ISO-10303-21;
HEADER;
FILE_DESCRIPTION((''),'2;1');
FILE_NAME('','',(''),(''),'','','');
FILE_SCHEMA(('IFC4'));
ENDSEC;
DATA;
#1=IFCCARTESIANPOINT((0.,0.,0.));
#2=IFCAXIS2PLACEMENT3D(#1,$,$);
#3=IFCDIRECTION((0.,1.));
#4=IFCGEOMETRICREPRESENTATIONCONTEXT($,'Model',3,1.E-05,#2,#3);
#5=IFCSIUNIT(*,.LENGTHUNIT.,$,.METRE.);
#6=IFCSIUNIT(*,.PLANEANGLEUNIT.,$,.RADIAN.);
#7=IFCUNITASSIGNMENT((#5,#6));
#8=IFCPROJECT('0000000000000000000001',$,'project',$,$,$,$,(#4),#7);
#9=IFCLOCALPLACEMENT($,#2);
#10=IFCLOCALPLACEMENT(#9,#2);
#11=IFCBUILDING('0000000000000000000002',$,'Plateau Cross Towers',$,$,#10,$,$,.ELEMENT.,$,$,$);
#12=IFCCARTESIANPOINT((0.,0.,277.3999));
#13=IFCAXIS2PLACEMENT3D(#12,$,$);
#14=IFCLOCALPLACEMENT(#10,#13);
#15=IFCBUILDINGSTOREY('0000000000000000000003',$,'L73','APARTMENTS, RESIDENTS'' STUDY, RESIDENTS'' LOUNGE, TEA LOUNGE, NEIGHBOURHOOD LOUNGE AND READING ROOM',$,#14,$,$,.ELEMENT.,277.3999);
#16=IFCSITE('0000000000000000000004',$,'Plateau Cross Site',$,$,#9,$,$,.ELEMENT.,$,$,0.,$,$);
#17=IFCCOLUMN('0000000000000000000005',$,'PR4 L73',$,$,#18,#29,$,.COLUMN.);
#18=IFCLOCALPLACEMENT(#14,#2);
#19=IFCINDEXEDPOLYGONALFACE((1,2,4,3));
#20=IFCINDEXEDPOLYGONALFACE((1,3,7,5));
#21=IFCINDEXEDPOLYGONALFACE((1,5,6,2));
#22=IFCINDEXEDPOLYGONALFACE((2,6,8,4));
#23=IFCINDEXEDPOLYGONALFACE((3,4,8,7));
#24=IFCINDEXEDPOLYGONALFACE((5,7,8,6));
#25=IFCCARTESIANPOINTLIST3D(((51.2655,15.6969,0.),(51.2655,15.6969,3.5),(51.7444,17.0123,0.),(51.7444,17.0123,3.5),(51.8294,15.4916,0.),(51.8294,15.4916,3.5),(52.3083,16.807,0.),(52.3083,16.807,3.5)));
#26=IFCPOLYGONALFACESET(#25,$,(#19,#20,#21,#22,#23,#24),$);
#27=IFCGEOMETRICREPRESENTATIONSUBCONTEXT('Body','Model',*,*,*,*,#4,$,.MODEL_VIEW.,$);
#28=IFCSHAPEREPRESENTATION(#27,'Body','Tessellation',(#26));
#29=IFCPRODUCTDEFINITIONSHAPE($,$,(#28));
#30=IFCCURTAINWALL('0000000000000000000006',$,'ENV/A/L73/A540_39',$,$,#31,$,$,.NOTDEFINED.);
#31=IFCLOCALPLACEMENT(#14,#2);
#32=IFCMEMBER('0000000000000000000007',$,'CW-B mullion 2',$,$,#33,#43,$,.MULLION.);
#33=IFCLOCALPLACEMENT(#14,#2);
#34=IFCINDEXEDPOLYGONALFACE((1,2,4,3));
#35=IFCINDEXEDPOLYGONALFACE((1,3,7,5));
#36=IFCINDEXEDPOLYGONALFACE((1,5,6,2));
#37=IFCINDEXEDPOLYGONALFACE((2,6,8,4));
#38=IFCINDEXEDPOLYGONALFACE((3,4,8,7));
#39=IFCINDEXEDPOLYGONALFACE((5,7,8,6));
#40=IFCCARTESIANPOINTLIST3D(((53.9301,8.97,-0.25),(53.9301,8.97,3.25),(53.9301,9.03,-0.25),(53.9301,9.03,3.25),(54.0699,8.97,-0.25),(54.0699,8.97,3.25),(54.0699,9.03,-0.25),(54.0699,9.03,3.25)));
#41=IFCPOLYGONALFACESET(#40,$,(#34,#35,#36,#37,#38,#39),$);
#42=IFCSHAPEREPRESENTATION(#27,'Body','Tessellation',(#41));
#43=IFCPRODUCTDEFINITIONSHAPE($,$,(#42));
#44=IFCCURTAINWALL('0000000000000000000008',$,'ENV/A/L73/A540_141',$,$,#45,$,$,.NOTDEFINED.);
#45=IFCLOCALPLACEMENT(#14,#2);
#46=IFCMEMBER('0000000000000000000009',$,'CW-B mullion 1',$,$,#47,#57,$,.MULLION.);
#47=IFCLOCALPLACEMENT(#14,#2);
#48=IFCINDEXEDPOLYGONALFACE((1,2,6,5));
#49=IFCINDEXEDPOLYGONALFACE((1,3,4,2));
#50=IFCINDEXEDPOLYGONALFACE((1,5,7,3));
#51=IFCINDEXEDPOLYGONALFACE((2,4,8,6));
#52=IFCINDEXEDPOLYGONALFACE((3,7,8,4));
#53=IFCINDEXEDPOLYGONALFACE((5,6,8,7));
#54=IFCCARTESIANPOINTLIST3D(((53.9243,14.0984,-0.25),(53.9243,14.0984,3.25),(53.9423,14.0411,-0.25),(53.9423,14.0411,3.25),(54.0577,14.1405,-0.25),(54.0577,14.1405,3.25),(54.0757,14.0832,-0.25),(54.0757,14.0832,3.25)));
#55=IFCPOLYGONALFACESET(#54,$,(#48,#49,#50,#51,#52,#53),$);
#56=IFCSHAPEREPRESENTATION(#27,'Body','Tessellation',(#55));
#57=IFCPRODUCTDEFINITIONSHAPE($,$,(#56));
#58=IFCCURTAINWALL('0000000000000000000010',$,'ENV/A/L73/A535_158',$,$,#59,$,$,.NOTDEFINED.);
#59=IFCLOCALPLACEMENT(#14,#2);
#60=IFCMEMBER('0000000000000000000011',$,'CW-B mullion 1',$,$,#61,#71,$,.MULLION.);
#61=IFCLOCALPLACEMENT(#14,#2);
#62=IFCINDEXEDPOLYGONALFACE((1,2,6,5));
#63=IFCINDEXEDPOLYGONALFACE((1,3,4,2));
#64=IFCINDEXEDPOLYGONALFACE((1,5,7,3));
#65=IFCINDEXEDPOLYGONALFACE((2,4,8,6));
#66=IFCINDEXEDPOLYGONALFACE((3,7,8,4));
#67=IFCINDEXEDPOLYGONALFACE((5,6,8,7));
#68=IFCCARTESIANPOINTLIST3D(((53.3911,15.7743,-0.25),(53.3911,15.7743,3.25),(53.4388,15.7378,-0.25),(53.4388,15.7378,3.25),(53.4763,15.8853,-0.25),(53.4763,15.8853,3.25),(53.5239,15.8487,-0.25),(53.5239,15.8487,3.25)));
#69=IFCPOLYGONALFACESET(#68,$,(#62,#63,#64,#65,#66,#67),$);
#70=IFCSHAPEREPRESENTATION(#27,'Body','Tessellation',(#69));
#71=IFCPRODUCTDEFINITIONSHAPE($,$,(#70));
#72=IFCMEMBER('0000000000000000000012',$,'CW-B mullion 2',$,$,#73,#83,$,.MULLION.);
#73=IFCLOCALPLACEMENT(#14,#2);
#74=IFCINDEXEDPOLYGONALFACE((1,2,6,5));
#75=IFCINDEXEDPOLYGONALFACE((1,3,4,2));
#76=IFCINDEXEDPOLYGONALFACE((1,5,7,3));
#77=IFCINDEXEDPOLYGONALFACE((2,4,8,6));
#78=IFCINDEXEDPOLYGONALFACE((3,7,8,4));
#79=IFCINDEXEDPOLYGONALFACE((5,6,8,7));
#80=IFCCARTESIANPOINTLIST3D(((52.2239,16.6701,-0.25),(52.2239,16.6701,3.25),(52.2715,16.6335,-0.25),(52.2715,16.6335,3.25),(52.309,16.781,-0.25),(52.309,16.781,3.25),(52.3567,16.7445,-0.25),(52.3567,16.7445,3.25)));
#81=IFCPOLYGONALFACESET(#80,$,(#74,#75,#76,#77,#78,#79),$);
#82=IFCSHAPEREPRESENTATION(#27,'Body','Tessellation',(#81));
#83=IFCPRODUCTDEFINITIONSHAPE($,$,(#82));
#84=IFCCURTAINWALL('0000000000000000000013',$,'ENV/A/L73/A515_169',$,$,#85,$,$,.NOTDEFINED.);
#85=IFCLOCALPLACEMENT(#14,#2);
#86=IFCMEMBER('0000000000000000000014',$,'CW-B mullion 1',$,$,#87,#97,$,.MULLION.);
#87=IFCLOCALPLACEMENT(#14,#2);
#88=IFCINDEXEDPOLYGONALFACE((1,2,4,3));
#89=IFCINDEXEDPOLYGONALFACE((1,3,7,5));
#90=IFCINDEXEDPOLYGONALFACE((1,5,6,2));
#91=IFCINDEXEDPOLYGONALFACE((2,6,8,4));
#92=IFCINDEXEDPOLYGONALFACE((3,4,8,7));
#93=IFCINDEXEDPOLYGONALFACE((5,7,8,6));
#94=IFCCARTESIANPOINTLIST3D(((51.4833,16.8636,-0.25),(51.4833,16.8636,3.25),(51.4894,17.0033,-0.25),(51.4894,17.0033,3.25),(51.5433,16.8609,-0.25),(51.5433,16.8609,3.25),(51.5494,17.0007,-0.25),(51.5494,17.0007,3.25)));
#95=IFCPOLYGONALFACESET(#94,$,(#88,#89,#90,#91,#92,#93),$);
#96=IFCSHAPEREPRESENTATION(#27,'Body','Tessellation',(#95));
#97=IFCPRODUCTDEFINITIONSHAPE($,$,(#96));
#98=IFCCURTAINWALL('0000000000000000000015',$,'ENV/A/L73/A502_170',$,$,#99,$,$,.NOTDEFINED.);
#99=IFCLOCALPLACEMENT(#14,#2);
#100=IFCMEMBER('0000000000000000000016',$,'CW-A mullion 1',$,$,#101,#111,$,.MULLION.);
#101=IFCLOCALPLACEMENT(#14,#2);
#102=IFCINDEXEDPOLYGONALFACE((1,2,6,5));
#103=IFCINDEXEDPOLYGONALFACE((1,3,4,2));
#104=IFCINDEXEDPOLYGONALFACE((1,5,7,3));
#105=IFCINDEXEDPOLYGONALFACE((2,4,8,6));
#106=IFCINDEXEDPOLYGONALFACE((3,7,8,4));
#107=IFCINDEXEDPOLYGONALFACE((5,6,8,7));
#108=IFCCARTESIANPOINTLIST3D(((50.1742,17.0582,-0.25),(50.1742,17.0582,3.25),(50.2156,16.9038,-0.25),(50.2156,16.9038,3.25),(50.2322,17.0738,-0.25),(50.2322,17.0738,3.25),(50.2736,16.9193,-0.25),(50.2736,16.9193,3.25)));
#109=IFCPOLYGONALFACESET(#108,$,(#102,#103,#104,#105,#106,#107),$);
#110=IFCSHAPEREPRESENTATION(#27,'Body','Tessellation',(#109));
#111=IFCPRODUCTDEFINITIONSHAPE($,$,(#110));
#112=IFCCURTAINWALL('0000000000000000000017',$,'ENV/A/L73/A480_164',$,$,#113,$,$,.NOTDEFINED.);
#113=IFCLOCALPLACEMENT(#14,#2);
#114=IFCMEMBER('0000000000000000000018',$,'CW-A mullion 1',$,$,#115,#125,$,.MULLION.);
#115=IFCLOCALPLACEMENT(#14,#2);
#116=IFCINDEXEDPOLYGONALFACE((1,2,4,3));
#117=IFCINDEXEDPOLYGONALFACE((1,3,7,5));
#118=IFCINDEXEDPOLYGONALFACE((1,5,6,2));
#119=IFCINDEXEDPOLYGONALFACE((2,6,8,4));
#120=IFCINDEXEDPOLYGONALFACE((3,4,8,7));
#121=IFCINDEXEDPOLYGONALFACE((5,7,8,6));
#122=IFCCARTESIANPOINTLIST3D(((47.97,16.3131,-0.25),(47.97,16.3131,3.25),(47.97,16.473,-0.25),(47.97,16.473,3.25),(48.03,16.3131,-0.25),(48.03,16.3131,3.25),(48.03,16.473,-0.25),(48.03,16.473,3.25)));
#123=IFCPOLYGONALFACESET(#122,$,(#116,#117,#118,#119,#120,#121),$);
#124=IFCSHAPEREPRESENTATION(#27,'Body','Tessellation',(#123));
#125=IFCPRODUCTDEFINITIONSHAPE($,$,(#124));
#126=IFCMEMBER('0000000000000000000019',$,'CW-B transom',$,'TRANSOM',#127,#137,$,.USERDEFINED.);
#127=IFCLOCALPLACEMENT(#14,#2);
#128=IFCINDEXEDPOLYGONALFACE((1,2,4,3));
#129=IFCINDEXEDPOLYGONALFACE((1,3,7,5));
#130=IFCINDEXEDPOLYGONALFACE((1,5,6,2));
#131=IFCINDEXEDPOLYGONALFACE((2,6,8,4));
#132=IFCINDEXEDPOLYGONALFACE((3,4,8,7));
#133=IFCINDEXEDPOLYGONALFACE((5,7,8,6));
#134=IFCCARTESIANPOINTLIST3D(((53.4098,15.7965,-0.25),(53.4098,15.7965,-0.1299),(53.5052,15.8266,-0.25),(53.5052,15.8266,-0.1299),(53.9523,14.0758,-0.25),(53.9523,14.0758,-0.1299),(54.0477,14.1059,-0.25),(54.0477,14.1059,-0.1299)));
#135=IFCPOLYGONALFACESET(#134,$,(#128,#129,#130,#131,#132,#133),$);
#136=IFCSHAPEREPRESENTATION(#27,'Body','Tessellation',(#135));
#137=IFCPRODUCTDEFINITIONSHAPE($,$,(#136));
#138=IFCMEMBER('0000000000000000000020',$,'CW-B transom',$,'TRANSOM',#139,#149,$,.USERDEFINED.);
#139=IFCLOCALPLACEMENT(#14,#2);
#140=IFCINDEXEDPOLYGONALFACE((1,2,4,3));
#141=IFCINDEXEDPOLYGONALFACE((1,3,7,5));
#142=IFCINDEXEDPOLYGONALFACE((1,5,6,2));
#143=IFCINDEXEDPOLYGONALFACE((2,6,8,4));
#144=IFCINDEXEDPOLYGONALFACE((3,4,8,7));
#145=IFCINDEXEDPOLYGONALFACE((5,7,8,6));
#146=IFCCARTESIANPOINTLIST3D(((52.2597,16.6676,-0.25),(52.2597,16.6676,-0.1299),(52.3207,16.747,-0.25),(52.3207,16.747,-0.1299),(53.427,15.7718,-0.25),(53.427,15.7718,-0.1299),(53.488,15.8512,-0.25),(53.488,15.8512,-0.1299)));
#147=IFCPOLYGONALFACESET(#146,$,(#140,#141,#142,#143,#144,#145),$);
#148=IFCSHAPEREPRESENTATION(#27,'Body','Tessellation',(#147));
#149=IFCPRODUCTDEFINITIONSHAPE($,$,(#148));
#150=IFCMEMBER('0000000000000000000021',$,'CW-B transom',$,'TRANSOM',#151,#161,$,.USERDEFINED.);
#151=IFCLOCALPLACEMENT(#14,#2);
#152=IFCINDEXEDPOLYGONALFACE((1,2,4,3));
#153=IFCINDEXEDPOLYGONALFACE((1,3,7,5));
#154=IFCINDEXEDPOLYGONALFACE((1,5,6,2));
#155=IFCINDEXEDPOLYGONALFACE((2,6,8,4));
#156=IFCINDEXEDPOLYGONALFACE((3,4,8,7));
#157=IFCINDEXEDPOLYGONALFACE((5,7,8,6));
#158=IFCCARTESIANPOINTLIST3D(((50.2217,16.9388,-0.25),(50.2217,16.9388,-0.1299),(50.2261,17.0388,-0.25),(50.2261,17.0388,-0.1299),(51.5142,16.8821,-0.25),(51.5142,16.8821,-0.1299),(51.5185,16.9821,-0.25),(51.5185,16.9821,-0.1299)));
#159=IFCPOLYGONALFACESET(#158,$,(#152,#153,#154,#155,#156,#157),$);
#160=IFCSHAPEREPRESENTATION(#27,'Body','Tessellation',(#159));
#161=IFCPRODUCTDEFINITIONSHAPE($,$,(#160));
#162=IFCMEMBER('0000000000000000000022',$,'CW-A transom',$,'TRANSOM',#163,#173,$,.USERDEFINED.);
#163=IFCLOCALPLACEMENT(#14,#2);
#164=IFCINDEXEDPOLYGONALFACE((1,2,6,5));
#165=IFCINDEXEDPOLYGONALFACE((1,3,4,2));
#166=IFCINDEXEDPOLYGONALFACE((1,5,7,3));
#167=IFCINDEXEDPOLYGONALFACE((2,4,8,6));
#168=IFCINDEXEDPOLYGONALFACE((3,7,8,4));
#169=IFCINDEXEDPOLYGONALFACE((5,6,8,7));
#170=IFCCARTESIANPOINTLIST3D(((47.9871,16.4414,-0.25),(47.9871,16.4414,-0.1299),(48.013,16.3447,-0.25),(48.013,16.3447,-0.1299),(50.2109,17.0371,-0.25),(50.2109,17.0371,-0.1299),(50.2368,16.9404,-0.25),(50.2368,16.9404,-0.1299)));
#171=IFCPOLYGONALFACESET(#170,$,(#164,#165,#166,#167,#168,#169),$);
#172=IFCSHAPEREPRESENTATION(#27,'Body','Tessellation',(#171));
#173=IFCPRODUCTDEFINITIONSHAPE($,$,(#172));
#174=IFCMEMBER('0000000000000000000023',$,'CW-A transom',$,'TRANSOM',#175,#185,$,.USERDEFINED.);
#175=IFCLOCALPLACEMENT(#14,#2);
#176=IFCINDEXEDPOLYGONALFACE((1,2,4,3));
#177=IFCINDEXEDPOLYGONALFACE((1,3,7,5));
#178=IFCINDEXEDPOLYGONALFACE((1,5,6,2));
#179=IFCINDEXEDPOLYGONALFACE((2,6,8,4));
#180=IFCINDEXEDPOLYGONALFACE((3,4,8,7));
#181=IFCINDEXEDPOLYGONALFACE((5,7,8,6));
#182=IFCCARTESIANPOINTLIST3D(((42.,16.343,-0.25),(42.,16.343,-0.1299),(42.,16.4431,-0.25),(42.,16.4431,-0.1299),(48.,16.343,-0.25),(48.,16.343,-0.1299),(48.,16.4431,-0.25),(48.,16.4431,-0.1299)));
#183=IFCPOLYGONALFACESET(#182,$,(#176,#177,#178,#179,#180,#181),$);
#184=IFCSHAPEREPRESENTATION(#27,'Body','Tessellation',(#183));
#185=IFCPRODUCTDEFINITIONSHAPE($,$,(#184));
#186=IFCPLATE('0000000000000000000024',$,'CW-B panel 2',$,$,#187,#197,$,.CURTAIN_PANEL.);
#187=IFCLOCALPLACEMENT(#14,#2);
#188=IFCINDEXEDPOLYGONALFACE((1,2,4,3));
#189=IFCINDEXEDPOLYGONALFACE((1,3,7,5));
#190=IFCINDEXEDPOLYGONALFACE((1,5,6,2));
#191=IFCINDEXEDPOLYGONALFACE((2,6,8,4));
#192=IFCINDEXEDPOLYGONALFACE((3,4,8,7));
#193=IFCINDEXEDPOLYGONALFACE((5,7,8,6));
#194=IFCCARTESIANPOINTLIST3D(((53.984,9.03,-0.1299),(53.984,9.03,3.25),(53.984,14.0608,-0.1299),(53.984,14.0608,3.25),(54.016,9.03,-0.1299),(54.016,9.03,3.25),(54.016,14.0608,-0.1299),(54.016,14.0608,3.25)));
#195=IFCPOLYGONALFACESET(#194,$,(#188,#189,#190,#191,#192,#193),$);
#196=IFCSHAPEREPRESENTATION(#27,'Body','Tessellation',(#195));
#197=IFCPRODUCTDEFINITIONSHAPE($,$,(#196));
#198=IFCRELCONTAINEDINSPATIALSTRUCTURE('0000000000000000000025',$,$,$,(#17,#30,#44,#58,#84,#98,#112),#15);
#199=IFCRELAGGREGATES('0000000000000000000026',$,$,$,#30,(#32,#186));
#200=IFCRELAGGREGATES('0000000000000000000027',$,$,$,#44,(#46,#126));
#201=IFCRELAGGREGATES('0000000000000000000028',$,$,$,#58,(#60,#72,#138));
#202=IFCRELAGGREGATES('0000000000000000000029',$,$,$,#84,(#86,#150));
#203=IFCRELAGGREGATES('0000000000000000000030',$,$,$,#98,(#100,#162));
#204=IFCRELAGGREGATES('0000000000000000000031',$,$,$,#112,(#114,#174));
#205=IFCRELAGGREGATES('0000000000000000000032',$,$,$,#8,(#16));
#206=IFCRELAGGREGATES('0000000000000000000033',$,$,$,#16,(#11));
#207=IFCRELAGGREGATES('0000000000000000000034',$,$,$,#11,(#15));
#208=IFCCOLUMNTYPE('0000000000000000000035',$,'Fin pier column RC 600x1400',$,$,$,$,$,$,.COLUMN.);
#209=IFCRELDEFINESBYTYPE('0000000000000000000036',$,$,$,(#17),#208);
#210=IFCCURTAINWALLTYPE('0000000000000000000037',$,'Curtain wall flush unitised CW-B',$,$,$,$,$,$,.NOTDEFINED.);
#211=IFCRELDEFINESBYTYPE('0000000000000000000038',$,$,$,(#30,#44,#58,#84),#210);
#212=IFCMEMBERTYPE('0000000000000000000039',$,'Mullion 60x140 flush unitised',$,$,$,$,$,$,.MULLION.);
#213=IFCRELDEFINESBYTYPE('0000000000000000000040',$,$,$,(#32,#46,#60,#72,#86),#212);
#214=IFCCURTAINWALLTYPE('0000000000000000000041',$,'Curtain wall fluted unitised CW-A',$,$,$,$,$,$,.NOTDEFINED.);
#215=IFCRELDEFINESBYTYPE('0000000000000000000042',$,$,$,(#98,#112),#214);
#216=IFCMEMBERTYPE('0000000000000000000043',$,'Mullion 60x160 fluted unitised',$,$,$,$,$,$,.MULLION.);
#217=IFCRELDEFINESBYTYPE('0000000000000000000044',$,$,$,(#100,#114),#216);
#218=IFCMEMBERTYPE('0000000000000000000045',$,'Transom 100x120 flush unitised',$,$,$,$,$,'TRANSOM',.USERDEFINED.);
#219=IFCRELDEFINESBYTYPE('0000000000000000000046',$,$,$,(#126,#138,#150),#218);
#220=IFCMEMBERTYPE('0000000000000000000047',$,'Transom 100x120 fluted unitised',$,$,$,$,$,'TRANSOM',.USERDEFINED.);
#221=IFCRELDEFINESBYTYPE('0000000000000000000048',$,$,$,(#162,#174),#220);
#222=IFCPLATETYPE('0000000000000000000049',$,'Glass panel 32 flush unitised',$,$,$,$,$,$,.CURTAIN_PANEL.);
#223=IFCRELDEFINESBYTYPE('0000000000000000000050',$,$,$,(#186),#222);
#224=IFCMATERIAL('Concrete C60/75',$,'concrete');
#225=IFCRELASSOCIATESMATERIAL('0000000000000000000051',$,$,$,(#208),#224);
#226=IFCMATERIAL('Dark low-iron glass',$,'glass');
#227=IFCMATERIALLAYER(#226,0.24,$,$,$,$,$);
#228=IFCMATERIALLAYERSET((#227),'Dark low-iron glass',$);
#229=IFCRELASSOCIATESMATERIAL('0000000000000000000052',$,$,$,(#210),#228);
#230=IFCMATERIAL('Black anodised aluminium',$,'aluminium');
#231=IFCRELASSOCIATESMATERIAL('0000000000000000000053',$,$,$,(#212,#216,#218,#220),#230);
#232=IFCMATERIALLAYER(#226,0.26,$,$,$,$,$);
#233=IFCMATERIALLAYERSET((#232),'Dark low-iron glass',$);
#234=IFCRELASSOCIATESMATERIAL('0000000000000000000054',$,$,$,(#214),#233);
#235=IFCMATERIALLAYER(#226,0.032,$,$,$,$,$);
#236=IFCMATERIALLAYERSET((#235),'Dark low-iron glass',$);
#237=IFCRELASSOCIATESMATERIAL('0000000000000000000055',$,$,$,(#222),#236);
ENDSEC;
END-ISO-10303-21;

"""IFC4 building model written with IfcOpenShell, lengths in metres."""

from ifc_helpers import new_model, si_unit, direction, frame, origin, origin_2d, place, context, subcontext, project, spatial, rectangle, extrude, material, layer, layer_set, material_profile, profile_set, type_object, element, aggregate, save


model = new_model("IFC4")

# Units and contexts
model_context = context("Model", 3, precision=1e-05, world=origin(), true_north=direction((0.0, 1.0)))
body_context = subcontext(model_context, "Body", "Model", "MODEL_VIEW")
ifc_project = project(units=[si_unit("LENGTHUNIT", "METRE"), si_unit("PLANEANGLEUNIT", "RADIAN")], contexts=[model_context])

# Site, building, storey
site_placement = place(None, origin())
site = spatial("IfcSite", under=ifc_project, at=site_placement, Name="Plateau Cross Site", CompositionType="ELEMENT", RefElevation=0.0)
building_placement = place(site_placement, origin())
building = spatial("IfcBuilding", under=site, at=building_placement, Name="Plateau Cross Towers", CompositionType="ELEMENT")
storey_placement = place(building_placement, frame((0.0, 0.0, 277.3999)))
storey = spatial("IfcBuildingStorey", under=building, at=storey_placement, Name="L73", Description="APARTMENTS, RESIDENTS' STUDY, RESIDENTS' LOUNGE, TEA LOUNGE, NEIGHBOURHOOD LOUNGE AND READING ROOM", CompositionType="ELEMENT", Elevation=277.3999)

# Column
ifc_material_1 = material(Name="Concrete C60/75", Category="concrete")
ifc_material_profile_1 = material_profile(ifc_material_1, rectangle(XDim=0.6001, YDim=1.3999, at=origin_2d()), Name="RC 600x1400")
ifc_profile_set_1 = profile_set([ifc_material_profile_1], Name="Concrete C60/75")
column_type = type_object("IfcColumnType", Name="Fin pier column RC 600x1400", PredefinedType="COLUMN", material=ifc_profile_set_1)
column_placement = place(storey_placement, frame((51.7869, 16.252, 0.0), z_axis=(0.0, 0.0, 1.0), x_axis=(-0.939664, 0.342098, 0.0)))
element("IfcColumn", 1, at=column_placement, inside=storey, type_object=column_type, Name="PR4 L73", PredefinedType="COLUMN", context=body_context, shape_type="SweptSolid", body=[
    extrude(rectangle(XDim=0.6001, YDim=1.3999, at=origin_2d()), origin(), (0.0, 0.0, 1.0), 3.5),
])

# Curtain walls, members
ifc_material_2 = material(Name="Dark low-iron glass", Category="glass")
ifc_layer_1 = layer(ifc_material_2, 0.24)
ifc_layer_set_1 = layer_set([ifc_layer_1], Name="Dark low-iron glass")
curtain_wall_type_1 = type_object("IfcCurtainWallType", Name="Curtain wall flush unitised CW-B", PredefinedType="NOTDEFINED", material=ifc_layer_set_1)
curtain_wall_1_placement = place(storey_placement, origin())
curtain_wall_1 = element("IfcCurtainWall", 2, at=curtain_wall_1_placement, inside=storey, type_object=curtain_wall_type_1, Name="ENV/A/L73/A540_39", PredefinedType="NOTDEFINED")
ifc_material_3 = material(Name="Black anodised aluminium", Category="aluminium")
ifc_material_profile_2 = material_profile(ifc_material_3, rectangle(XDim=0.0601, YDim=0.1399, at=origin_2d()), Name="MULLION 60x140")
ifc_profile_set_2 = profile_set([ifc_material_profile_2], Name="Black anodised aluminium")
member_type_1 = type_object("IfcMemberType", Name="Mullion 60x140 flush unitised", PredefinedType="MULLION", material=ifc_profile_set_2)
member_1_placement = place(storey_placement, frame((54.0, 9.0, -0.25), z_axis=(0.0, 0.0, 1.0), x_axis=(0.0, 1.0, 0.0)))
member_1 = element("IfcMember", 3, at=member_1_placement, type_object=member_type_1, Name="CW-B mullion 2", PredefinedType="MULLION", context=body_context, shape_type="SweptSolid", body=[
    extrude(rectangle(XDim=0.0601, YDim=0.1399, at=origin_2d()), origin(), (0.0, 0.0, 1.0), 3.5),
])
curtain_wall_2_placement = place(storey_placement, origin())
curtain_wall_2 = element("IfcCurtainWall", 4, at=curtain_wall_2_placement, inside=storey, type_object=curtain_wall_type_1, Name="ENV/A/L73/A540_141", PredefinedType="NOTDEFINED")
member_2_placement = place(storey_placement, frame((54.0, 14.0908, -0.25), z_axis=(0.0, 0.0, 1.0), x_axis=(-0.300686, 0.953723, 0.0)))
member_2 = element("IfcMember", 5, at=member_2_placement, type_object=member_type_1, Name="CW-B mullion 1", PredefinedType="MULLION", context=body_context, shape_type="SweptSolid", body=[
    extrude(rectangle(XDim=0.0601, YDim=0.1399, at=origin_2d()), origin(), (0.0, 0.0, 1.0), 3.5),
])

# Curtain wall, members
curtain_wall_3_placement = place(storey_placement, origin())
curtain_wall_3 = element("IfcCurtainWall", 6, at=curtain_wall_3_placement, inside=storey, type_object=curtain_wall_type_1, Name="ENV/A/L73/A535_158", PredefinedType="NOTDEFINED")
member_3_placement = place(storey_placement, frame((53.4575, 15.8115, -0.25), z_axis=(0.0, 0.0, 1.0), x_axis=(-0.793316, 0.608811, 0.0)))
member_3 = element("IfcMember", 7, at=member_3_placement, type_object=member_type_1, Name="CW-B mullion 1", PredefinedType="MULLION", context=body_context, shape_type="SweptSolid", body=[
    extrude(rectangle(XDim=0.0601, YDim=0.1399, at=origin_2d()), origin(), (0.0, 0.0, 1.0), 3.5),
])
member_4_placement = place(storey_placement, frame((52.2903, 16.7073, -0.25), z_axis=(0.0, 0.0, 1.0), x_axis=(-0.793316, 0.608811, 0.0)))
member_4 = element("IfcMember", 8, at=member_4_placement, type_object=member_type_1, Name="CW-B mullion 2", PredefinedType="MULLION", context=body_context, shape_type="SweptSolid", body=[
    extrude(rectangle(XDim=0.0601, YDim=0.1399, at=origin_2d()), origin(), (0.0, 0.0, 1.0), 3.5),
])

# Curtain walls, members
curtain_wall_4_placement = place(storey_placement, origin())
curtain_wall_4 = element("IfcCurtainWall", 9, at=curtain_wall_4_placement, inside=storey, type_object=curtain_wall_type_1, Name="ENV/A/L73/A515_169", PredefinedType="NOTDEFINED")
member_5_placement = place(storey_placement, frame((51.5164, 16.9321, -0.25), z_axis=(0.0, 0.0, 1.0), x_axis=(-0.999044, 0.043723, 0.0)))
member_5 = element("IfcMember", 10, at=member_5_placement, type_object=member_type_1, Name="CW-B mullion 1", PredefinedType="MULLION", context=body_context, shape_type="SweptSolid", body=[
    extrude(rectangle(XDim=0.0601, YDim=0.1399, at=origin_2d()), origin(), (0.0, 0.0, 1.0), 3.5),
])
ifc_layer_2 = layer(ifc_material_2, 0.26)
ifc_layer_set_2 = layer_set([ifc_layer_2], Name="Dark low-iron glass")
curtain_wall_type_2 = type_object("IfcCurtainWallType", Name="Curtain wall fluted unitised CW-A", PredefinedType="NOTDEFINED", material=ifc_layer_set_2)
curtain_wall_5_placement = place(storey_placement, origin())
curtain_wall_5 = element("IfcCurtainWall", 11, at=curtain_wall_5_placement, inside=storey, type_object=curtain_wall_type_2, Name="ENV/A/L73/A502_170", PredefinedType="NOTDEFINED")
ifc_material_profile_3 = material_profile(ifc_material_3, rectangle(XDim=0.0601, YDim=0.1599, at=origin_2d()), Name="MULLION 60x160")
ifc_profile_set_3 = profile_set([ifc_material_profile_3], Name="Black anodised aluminium")
member_type_2 = type_object("IfcMemberType", Name="Mullion 60x160 fluted unitised", PredefinedType="MULLION", material=ifc_profile_set_3)
member_6_placement = place(storey_placement, frame((50.2239, 16.9888, -0.25), z_axis=(0.0, 0.0, 1.0), x_axis=(-0.965958, -0.258699, 0.0)))
member_6 = element("IfcMember", 12, at=member_6_placement, type_object=member_type_2, Name="CW-A mullion 1", PredefinedType="MULLION", context=body_context, shape_type="SweptSolid", body=[
    extrude(rectangle(XDim=0.0601, YDim=0.1599, at=origin_2d()), origin(), (0.0, 0.0, 1.0), 3.5),
])
curtain_wall_6_placement = place(storey_placement, origin())
curtain_wall_6 = element("IfcCurtainWall", 13, at=curtain_wall_6_placement, inside=storey, type_object=curtain_wall_type_2, Name="ENV/A/L73/A480_164", PredefinedType="NOTDEFINED")
member_7_placement = place(storey_placement, frame((48.0, 16.3931, -0.25), z_axis=(0.0, 0.0, 1.0), x_axis=(-1.0, 0.0, 0.0)))
member_7 = element("IfcMember", 14, at=member_7_placement, type_object=member_type_2, Name="CW-A mullion 1", PredefinedType="MULLION", context=body_context, shape_type="SweptSolid", body=[
    extrude(rectangle(XDim=0.0601, YDim=0.1599, at=origin_2d()), origin(), (0.0, 0.0, 1.0), 3.5),
])

# Members
ifc_material_profile_4 = material_profile(ifc_material_3, rectangle(XDim=0.1001, YDim=0.1201, at=origin_2d()), Name="TRANSOM 100x120")
ifc_profile_set_4 = profile_set([ifc_material_profile_4], Name="Black anodised aluminium")
member_type_3 = type_object("IfcMemberType", Name="Transom 100x120 flush unitised", ElementType="TRANSOM", PredefinedType="USERDEFINED", material=ifc_profile_set_4)
member_8_placement = place(storey_placement, frame((54.0, 14.0908, -0.1899), z_axis=(-0.300678, 0.953726, 0.0), x_axis=(-0.953726, -0.300678, 0.0)))
member_8 = element("IfcMember", 15, at=member_8_placement, type_object=member_type_3, Name="CW-B transom", ObjectType="TRANSOM", PredefinedType="USERDEFINED", context=body_context, shape_type="SweptSolid", body=[
    extrude(rectangle(XDim=0.1001, YDim=0.1201, at=origin_2d()), origin(), (0.0, 0.0, 1.0), 1.8042),
])
member_9_placement = place(storey_placement, frame((53.4575, 15.8115, -0.1899), z_axis=(-0.793321, 0.608804, 0.0), x_axis=(-0.608804, -0.793321, 0.0)))
member_9 = element("IfcMember", 16, at=member_9_placement, type_object=member_type_3, Name="CW-B transom", ObjectType="TRANSOM", PredefinedType="USERDEFINED", context=body_context, shape_type="SweptSolid", body=[
    extrude(rectangle(XDim=0.1001, YDim=0.1201, at=origin_2d()), origin(), (0.0, 0.0, 1.0), 1.4714),
])
member_10_placement = place(storey_placement, frame((51.5164, 16.9321, -0.1899), z_axis=(-0.999041, 0.043781, 0.0), x_axis=(-0.043781, -0.999041, 0.0)))
member_10 = element("IfcMember", 17, at=member_10_placement, type_object=member_type_3, Name="CW-B transom", ObjectType="TRANSOM", PredefinedType="USERDEFINED", context=body_context, shape_type="SweptSolid", body=[
    extrude(rectangle(XDim=0.1001, YDim=0.1201, at=origin_2d()), origin(), (0.0, 0.0, 1.0), 1.2937),
])
ifc_material_profile_5 = material_profile(ifc_material_3, rectangle(XDim=0.1001, YDim=0.1201, at=origin_2d()), Name="TRANSOM 100x120")
ifc_profile_set_5 = profile_set([ifc_material_profile_5], Name="Black anodised aluminium")
member_type_4 = type_object("IfcMemberType", Name="Transom 100x120 fluted unitised", ElementType="TRANSOM", PredefinedType="USERDEFINED", material=ifc_profile_set_5)
member_11_placement = place(storey_placement, frame((50.2239, 16.9888, -0.1899), z_axis=(-0.965946, -0.258745, 0.0), x_axis=(0.258745, -0.965946, 0.0)))
member_11 = element("IfcMember", 18, at=member_11_placement, type_object=member_type_4, Name="CW-A transom", ObjectType="TRANSOM", PredefinedType="USERDEFINED", context=body_context, shape_type="SweptSolid", body=[
    extrude(rectangle(XDim=0.1001, YDim=0.1201, at=origin_2d()), origin(), (0.0, 0.0, 1.0), 2.3022),
])
member_12_placement = place(storey_placement, frame((48.0, 16.3931, -0.1899), z_axis=(-1.0, 0.0, 0.0), x_axis=(0.0, -1.0, 0.0)))
member_12 = element("IfcMember", 19, at=member_12_placement, type_object=member_type_4, Name="CW-A transom", ObjectType="TRANSOM", PredefinedType="USERDEFINED", context=body_context, shape_type="SweptSolid", body=[
    extrude(rectangle(XDim=0.1001, YDim=0.1201, at=origin_2d()), origin(), (0.0, 0.0, 1.0), 6.0),
])

# Plate
ifc_layer_3 = layer(ifc_material_2, 0.032)
ifc_layer_set_3 = layer_set([ifc_layer_3], Name="Dark low-iron glass")
plate_type_1 = type_object("IfcPlateType", Name="Glass panel 32 flush unitised", PredefinedType="CURTAIN_PANEL", material=ifc_layer_set_3)
plate_1_placement = place(storey_placement, frame((54.0, 11.5454, -0.1299), z_axis=(0.0, 0.0, 1.0), x_axis=(0.0, 1.0, 0.0)))
plate_1 = element("IfcPlate", 20, at=plate_1_placement, type_object=plate_type_1, Name="CW-B panel 2", PredefinedType="CURTAIN_PANEL", context=body_context, shape_type="SweptSolid", body=[
    extrude(rectangle(XDim=5.0308, YDim=0.032, at=origin_2d()), origin(), (0.0, 0.0, 1.0), 3.3799),
])
aggregate(curtain_wall_1, [member_1, plate_1])
aggregate(curtain_wall_2, [member_2, member_8])
aggregate(curtain_wall_3, [member_3, member_4, member_9])
aggregate(curtain_wall_4, [member_5, member_10])
aggregate(curtain_wall_5, [member_6, member_11])
aggregate(curtain_wall_6, [member_7, member_12])

save(model, "model.ifc")
